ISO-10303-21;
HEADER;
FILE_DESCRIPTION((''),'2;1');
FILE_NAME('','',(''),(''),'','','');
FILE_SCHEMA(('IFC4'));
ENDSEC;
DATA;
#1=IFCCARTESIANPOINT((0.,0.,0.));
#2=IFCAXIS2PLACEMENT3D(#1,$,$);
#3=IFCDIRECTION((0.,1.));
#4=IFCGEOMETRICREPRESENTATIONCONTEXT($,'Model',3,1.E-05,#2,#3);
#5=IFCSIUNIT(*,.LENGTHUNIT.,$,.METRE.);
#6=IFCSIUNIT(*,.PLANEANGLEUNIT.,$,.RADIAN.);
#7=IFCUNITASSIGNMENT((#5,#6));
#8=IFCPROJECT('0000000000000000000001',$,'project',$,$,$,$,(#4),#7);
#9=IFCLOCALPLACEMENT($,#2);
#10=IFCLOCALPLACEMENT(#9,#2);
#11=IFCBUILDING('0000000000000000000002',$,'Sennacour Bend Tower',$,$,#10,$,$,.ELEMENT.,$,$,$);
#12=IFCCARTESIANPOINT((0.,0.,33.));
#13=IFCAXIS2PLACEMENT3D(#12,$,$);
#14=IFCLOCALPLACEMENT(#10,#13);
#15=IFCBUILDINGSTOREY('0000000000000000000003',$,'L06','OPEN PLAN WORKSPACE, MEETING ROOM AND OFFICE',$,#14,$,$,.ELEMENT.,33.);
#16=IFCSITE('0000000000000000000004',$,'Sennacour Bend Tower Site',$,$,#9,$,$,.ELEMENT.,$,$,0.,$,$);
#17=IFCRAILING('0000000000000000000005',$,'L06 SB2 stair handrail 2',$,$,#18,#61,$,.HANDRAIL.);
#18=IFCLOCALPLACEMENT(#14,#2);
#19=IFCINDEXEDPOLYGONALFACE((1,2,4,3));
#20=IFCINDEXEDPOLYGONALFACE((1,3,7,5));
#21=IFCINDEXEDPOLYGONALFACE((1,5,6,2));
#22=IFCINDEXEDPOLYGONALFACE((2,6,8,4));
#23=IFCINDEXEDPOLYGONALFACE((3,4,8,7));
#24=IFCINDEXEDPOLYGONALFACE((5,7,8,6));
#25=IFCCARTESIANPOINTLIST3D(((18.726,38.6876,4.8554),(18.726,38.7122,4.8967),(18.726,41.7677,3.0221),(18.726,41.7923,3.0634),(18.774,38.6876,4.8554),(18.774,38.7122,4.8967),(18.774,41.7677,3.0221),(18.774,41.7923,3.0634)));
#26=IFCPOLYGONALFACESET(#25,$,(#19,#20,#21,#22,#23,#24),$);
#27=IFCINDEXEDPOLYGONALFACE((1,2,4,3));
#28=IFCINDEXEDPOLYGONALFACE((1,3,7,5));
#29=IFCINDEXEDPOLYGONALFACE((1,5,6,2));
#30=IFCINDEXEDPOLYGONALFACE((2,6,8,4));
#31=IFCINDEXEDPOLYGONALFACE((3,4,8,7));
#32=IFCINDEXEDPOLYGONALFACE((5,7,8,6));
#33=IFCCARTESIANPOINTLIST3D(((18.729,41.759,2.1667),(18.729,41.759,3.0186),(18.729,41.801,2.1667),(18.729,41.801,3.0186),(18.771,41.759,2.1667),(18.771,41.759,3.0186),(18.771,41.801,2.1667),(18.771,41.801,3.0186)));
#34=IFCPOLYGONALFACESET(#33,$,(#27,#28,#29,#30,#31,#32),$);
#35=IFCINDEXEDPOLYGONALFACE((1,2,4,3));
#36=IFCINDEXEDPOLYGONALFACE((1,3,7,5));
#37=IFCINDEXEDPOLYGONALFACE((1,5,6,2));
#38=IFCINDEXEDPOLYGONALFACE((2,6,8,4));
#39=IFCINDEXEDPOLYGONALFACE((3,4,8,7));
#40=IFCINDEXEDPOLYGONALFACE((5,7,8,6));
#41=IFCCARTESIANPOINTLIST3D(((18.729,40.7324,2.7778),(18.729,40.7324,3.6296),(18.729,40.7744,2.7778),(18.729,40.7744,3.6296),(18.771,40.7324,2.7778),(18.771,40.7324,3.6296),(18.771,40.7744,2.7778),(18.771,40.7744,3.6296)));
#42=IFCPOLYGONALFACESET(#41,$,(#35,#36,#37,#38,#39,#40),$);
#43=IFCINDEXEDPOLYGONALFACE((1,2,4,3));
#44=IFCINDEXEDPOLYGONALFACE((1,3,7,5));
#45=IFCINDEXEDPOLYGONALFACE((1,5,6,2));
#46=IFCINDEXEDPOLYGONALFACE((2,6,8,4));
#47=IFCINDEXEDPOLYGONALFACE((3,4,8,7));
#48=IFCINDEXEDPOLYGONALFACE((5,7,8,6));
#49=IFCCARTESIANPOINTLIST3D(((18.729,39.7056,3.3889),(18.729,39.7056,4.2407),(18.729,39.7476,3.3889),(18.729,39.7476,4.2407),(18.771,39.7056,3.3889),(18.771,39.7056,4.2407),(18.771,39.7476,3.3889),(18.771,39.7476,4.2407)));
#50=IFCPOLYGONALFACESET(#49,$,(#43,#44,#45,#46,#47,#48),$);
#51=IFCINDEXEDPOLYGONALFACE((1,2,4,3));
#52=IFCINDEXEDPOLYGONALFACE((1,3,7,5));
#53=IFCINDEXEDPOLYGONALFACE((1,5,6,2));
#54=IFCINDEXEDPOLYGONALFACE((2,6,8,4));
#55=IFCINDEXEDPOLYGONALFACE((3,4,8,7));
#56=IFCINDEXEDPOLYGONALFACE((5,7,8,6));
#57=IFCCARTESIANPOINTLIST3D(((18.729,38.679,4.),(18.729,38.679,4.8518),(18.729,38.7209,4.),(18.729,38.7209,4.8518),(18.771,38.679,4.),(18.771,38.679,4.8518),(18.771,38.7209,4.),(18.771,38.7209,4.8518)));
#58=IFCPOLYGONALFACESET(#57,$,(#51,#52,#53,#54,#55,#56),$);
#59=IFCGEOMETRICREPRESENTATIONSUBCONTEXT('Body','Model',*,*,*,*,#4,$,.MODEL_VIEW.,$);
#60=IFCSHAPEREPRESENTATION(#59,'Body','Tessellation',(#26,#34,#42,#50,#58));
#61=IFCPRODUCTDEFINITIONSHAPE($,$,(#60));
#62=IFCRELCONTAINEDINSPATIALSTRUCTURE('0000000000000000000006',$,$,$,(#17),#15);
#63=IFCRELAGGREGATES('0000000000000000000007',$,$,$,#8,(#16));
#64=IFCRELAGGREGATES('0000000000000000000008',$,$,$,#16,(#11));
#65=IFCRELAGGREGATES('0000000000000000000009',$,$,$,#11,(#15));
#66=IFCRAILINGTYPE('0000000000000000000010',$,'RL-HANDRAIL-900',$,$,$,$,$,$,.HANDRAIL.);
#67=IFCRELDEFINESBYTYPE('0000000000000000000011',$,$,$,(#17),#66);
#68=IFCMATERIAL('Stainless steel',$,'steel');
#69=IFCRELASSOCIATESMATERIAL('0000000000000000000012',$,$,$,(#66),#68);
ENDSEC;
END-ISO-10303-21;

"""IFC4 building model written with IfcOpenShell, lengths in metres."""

from ifc_helpers import new_model, si_unit, direction, frame, origin, origin_2d, place, context, subcontext, project, spatial, rectangle, extrude, material, type_object, element, save


model = new_model("IFC4")

# Units and contexts
model_context = context("Model", 3, precision=1e-05, world=origin(), true_north=direction((0.0, 1.0)))
body_context = subcontext(model_context, "Body", "Model", "MODEL_VIEW")
ifc_project = project(units=[si_unit("LENGTHUNIT", "METRE"), si_unit("PLANEANGLEUNIT", "RADIAN")], contexts=[model_context])

# Site, building, storey
site_placement = place(None, origin())
site = spatial("IfcSite", under=ifc_project, at=site_placement, Name="Sennacour Bend Tower Site", CompositionType="ELEMENT", RefElevation=0.0)
building_placement = place(site_placement, origin())
building = spatial("IfcBuilding", under=site, at=building_placement, Name="Sennacour Bend Tower", CompositionType="ELEMENT")
storey_placement = place(building_placement, frame((0.0, 0.0, 33.0)))
storey = spatial("IfcBuildingStorey", under=building, at=storey_placement, Name="L06", Description="OPEN PLAN WORKSPACE, MEETING ROOM AND OFFICE", CompositionType="ELEMENT", Elevation=33.0)

# Shared definitions
ifc_material_1 = material(Name="Stainless steel", Category="steel")

# Railing
railing_type_1 = type_object("IfcRailingType", Name="RL-HANDRAIL-900", PredefinedType="HANDRAIL", material=ifc_material_1)
railing_1_placement = place(storey_placement, frame((18.75, 41.78, 2.1667)))
element("IfcRailing", 1, at=railing_1_placement, inside=storey, type_object=railing_type_1, Name="L06 SB2 stair handrail 2", PredefinedType="HANDRAIL", context=body_context, shape_type="SweptSolid", body=[
    extrude(rectangle(XDim=0.0481, YDim=0.0481, at=origin_2d()), frame((0.0, 0.0, 0.876), z_axis=(0.0, -0.859309, 0.511458), x_axis=(1.0, 0.0, 0.0)), (0.0, 0.0, 1.0), 3.5845),
    extrude(rectangle(XDim=0.042, YDim=0.042, at=origin_2d()), origin(), (0.0, 0.0, 1.0), 0.8518),
    extrude(rectangle(XDim=0.042, YDim=0.042, at=origin_2d()), frame((0.0, -1.0266, 0.6111)), (0.0, 0.0, 1.0), 0.8518),
    extrude(rectangle(XDim=0.042, YDim=0.042, at=origin_2d()), frame((0.0, -2.0535, 1.2222)), (0.0, 0.0, 1.0), 0.8518),
    extrude(rectangle(XDim=0.042, YDim=0.042, at=origin_2d()), frame((0.0, -3.0801, 1.8333)), (0.0, 0.0, 1.0), 0.8518),
])

save(model, "model.ifc")
